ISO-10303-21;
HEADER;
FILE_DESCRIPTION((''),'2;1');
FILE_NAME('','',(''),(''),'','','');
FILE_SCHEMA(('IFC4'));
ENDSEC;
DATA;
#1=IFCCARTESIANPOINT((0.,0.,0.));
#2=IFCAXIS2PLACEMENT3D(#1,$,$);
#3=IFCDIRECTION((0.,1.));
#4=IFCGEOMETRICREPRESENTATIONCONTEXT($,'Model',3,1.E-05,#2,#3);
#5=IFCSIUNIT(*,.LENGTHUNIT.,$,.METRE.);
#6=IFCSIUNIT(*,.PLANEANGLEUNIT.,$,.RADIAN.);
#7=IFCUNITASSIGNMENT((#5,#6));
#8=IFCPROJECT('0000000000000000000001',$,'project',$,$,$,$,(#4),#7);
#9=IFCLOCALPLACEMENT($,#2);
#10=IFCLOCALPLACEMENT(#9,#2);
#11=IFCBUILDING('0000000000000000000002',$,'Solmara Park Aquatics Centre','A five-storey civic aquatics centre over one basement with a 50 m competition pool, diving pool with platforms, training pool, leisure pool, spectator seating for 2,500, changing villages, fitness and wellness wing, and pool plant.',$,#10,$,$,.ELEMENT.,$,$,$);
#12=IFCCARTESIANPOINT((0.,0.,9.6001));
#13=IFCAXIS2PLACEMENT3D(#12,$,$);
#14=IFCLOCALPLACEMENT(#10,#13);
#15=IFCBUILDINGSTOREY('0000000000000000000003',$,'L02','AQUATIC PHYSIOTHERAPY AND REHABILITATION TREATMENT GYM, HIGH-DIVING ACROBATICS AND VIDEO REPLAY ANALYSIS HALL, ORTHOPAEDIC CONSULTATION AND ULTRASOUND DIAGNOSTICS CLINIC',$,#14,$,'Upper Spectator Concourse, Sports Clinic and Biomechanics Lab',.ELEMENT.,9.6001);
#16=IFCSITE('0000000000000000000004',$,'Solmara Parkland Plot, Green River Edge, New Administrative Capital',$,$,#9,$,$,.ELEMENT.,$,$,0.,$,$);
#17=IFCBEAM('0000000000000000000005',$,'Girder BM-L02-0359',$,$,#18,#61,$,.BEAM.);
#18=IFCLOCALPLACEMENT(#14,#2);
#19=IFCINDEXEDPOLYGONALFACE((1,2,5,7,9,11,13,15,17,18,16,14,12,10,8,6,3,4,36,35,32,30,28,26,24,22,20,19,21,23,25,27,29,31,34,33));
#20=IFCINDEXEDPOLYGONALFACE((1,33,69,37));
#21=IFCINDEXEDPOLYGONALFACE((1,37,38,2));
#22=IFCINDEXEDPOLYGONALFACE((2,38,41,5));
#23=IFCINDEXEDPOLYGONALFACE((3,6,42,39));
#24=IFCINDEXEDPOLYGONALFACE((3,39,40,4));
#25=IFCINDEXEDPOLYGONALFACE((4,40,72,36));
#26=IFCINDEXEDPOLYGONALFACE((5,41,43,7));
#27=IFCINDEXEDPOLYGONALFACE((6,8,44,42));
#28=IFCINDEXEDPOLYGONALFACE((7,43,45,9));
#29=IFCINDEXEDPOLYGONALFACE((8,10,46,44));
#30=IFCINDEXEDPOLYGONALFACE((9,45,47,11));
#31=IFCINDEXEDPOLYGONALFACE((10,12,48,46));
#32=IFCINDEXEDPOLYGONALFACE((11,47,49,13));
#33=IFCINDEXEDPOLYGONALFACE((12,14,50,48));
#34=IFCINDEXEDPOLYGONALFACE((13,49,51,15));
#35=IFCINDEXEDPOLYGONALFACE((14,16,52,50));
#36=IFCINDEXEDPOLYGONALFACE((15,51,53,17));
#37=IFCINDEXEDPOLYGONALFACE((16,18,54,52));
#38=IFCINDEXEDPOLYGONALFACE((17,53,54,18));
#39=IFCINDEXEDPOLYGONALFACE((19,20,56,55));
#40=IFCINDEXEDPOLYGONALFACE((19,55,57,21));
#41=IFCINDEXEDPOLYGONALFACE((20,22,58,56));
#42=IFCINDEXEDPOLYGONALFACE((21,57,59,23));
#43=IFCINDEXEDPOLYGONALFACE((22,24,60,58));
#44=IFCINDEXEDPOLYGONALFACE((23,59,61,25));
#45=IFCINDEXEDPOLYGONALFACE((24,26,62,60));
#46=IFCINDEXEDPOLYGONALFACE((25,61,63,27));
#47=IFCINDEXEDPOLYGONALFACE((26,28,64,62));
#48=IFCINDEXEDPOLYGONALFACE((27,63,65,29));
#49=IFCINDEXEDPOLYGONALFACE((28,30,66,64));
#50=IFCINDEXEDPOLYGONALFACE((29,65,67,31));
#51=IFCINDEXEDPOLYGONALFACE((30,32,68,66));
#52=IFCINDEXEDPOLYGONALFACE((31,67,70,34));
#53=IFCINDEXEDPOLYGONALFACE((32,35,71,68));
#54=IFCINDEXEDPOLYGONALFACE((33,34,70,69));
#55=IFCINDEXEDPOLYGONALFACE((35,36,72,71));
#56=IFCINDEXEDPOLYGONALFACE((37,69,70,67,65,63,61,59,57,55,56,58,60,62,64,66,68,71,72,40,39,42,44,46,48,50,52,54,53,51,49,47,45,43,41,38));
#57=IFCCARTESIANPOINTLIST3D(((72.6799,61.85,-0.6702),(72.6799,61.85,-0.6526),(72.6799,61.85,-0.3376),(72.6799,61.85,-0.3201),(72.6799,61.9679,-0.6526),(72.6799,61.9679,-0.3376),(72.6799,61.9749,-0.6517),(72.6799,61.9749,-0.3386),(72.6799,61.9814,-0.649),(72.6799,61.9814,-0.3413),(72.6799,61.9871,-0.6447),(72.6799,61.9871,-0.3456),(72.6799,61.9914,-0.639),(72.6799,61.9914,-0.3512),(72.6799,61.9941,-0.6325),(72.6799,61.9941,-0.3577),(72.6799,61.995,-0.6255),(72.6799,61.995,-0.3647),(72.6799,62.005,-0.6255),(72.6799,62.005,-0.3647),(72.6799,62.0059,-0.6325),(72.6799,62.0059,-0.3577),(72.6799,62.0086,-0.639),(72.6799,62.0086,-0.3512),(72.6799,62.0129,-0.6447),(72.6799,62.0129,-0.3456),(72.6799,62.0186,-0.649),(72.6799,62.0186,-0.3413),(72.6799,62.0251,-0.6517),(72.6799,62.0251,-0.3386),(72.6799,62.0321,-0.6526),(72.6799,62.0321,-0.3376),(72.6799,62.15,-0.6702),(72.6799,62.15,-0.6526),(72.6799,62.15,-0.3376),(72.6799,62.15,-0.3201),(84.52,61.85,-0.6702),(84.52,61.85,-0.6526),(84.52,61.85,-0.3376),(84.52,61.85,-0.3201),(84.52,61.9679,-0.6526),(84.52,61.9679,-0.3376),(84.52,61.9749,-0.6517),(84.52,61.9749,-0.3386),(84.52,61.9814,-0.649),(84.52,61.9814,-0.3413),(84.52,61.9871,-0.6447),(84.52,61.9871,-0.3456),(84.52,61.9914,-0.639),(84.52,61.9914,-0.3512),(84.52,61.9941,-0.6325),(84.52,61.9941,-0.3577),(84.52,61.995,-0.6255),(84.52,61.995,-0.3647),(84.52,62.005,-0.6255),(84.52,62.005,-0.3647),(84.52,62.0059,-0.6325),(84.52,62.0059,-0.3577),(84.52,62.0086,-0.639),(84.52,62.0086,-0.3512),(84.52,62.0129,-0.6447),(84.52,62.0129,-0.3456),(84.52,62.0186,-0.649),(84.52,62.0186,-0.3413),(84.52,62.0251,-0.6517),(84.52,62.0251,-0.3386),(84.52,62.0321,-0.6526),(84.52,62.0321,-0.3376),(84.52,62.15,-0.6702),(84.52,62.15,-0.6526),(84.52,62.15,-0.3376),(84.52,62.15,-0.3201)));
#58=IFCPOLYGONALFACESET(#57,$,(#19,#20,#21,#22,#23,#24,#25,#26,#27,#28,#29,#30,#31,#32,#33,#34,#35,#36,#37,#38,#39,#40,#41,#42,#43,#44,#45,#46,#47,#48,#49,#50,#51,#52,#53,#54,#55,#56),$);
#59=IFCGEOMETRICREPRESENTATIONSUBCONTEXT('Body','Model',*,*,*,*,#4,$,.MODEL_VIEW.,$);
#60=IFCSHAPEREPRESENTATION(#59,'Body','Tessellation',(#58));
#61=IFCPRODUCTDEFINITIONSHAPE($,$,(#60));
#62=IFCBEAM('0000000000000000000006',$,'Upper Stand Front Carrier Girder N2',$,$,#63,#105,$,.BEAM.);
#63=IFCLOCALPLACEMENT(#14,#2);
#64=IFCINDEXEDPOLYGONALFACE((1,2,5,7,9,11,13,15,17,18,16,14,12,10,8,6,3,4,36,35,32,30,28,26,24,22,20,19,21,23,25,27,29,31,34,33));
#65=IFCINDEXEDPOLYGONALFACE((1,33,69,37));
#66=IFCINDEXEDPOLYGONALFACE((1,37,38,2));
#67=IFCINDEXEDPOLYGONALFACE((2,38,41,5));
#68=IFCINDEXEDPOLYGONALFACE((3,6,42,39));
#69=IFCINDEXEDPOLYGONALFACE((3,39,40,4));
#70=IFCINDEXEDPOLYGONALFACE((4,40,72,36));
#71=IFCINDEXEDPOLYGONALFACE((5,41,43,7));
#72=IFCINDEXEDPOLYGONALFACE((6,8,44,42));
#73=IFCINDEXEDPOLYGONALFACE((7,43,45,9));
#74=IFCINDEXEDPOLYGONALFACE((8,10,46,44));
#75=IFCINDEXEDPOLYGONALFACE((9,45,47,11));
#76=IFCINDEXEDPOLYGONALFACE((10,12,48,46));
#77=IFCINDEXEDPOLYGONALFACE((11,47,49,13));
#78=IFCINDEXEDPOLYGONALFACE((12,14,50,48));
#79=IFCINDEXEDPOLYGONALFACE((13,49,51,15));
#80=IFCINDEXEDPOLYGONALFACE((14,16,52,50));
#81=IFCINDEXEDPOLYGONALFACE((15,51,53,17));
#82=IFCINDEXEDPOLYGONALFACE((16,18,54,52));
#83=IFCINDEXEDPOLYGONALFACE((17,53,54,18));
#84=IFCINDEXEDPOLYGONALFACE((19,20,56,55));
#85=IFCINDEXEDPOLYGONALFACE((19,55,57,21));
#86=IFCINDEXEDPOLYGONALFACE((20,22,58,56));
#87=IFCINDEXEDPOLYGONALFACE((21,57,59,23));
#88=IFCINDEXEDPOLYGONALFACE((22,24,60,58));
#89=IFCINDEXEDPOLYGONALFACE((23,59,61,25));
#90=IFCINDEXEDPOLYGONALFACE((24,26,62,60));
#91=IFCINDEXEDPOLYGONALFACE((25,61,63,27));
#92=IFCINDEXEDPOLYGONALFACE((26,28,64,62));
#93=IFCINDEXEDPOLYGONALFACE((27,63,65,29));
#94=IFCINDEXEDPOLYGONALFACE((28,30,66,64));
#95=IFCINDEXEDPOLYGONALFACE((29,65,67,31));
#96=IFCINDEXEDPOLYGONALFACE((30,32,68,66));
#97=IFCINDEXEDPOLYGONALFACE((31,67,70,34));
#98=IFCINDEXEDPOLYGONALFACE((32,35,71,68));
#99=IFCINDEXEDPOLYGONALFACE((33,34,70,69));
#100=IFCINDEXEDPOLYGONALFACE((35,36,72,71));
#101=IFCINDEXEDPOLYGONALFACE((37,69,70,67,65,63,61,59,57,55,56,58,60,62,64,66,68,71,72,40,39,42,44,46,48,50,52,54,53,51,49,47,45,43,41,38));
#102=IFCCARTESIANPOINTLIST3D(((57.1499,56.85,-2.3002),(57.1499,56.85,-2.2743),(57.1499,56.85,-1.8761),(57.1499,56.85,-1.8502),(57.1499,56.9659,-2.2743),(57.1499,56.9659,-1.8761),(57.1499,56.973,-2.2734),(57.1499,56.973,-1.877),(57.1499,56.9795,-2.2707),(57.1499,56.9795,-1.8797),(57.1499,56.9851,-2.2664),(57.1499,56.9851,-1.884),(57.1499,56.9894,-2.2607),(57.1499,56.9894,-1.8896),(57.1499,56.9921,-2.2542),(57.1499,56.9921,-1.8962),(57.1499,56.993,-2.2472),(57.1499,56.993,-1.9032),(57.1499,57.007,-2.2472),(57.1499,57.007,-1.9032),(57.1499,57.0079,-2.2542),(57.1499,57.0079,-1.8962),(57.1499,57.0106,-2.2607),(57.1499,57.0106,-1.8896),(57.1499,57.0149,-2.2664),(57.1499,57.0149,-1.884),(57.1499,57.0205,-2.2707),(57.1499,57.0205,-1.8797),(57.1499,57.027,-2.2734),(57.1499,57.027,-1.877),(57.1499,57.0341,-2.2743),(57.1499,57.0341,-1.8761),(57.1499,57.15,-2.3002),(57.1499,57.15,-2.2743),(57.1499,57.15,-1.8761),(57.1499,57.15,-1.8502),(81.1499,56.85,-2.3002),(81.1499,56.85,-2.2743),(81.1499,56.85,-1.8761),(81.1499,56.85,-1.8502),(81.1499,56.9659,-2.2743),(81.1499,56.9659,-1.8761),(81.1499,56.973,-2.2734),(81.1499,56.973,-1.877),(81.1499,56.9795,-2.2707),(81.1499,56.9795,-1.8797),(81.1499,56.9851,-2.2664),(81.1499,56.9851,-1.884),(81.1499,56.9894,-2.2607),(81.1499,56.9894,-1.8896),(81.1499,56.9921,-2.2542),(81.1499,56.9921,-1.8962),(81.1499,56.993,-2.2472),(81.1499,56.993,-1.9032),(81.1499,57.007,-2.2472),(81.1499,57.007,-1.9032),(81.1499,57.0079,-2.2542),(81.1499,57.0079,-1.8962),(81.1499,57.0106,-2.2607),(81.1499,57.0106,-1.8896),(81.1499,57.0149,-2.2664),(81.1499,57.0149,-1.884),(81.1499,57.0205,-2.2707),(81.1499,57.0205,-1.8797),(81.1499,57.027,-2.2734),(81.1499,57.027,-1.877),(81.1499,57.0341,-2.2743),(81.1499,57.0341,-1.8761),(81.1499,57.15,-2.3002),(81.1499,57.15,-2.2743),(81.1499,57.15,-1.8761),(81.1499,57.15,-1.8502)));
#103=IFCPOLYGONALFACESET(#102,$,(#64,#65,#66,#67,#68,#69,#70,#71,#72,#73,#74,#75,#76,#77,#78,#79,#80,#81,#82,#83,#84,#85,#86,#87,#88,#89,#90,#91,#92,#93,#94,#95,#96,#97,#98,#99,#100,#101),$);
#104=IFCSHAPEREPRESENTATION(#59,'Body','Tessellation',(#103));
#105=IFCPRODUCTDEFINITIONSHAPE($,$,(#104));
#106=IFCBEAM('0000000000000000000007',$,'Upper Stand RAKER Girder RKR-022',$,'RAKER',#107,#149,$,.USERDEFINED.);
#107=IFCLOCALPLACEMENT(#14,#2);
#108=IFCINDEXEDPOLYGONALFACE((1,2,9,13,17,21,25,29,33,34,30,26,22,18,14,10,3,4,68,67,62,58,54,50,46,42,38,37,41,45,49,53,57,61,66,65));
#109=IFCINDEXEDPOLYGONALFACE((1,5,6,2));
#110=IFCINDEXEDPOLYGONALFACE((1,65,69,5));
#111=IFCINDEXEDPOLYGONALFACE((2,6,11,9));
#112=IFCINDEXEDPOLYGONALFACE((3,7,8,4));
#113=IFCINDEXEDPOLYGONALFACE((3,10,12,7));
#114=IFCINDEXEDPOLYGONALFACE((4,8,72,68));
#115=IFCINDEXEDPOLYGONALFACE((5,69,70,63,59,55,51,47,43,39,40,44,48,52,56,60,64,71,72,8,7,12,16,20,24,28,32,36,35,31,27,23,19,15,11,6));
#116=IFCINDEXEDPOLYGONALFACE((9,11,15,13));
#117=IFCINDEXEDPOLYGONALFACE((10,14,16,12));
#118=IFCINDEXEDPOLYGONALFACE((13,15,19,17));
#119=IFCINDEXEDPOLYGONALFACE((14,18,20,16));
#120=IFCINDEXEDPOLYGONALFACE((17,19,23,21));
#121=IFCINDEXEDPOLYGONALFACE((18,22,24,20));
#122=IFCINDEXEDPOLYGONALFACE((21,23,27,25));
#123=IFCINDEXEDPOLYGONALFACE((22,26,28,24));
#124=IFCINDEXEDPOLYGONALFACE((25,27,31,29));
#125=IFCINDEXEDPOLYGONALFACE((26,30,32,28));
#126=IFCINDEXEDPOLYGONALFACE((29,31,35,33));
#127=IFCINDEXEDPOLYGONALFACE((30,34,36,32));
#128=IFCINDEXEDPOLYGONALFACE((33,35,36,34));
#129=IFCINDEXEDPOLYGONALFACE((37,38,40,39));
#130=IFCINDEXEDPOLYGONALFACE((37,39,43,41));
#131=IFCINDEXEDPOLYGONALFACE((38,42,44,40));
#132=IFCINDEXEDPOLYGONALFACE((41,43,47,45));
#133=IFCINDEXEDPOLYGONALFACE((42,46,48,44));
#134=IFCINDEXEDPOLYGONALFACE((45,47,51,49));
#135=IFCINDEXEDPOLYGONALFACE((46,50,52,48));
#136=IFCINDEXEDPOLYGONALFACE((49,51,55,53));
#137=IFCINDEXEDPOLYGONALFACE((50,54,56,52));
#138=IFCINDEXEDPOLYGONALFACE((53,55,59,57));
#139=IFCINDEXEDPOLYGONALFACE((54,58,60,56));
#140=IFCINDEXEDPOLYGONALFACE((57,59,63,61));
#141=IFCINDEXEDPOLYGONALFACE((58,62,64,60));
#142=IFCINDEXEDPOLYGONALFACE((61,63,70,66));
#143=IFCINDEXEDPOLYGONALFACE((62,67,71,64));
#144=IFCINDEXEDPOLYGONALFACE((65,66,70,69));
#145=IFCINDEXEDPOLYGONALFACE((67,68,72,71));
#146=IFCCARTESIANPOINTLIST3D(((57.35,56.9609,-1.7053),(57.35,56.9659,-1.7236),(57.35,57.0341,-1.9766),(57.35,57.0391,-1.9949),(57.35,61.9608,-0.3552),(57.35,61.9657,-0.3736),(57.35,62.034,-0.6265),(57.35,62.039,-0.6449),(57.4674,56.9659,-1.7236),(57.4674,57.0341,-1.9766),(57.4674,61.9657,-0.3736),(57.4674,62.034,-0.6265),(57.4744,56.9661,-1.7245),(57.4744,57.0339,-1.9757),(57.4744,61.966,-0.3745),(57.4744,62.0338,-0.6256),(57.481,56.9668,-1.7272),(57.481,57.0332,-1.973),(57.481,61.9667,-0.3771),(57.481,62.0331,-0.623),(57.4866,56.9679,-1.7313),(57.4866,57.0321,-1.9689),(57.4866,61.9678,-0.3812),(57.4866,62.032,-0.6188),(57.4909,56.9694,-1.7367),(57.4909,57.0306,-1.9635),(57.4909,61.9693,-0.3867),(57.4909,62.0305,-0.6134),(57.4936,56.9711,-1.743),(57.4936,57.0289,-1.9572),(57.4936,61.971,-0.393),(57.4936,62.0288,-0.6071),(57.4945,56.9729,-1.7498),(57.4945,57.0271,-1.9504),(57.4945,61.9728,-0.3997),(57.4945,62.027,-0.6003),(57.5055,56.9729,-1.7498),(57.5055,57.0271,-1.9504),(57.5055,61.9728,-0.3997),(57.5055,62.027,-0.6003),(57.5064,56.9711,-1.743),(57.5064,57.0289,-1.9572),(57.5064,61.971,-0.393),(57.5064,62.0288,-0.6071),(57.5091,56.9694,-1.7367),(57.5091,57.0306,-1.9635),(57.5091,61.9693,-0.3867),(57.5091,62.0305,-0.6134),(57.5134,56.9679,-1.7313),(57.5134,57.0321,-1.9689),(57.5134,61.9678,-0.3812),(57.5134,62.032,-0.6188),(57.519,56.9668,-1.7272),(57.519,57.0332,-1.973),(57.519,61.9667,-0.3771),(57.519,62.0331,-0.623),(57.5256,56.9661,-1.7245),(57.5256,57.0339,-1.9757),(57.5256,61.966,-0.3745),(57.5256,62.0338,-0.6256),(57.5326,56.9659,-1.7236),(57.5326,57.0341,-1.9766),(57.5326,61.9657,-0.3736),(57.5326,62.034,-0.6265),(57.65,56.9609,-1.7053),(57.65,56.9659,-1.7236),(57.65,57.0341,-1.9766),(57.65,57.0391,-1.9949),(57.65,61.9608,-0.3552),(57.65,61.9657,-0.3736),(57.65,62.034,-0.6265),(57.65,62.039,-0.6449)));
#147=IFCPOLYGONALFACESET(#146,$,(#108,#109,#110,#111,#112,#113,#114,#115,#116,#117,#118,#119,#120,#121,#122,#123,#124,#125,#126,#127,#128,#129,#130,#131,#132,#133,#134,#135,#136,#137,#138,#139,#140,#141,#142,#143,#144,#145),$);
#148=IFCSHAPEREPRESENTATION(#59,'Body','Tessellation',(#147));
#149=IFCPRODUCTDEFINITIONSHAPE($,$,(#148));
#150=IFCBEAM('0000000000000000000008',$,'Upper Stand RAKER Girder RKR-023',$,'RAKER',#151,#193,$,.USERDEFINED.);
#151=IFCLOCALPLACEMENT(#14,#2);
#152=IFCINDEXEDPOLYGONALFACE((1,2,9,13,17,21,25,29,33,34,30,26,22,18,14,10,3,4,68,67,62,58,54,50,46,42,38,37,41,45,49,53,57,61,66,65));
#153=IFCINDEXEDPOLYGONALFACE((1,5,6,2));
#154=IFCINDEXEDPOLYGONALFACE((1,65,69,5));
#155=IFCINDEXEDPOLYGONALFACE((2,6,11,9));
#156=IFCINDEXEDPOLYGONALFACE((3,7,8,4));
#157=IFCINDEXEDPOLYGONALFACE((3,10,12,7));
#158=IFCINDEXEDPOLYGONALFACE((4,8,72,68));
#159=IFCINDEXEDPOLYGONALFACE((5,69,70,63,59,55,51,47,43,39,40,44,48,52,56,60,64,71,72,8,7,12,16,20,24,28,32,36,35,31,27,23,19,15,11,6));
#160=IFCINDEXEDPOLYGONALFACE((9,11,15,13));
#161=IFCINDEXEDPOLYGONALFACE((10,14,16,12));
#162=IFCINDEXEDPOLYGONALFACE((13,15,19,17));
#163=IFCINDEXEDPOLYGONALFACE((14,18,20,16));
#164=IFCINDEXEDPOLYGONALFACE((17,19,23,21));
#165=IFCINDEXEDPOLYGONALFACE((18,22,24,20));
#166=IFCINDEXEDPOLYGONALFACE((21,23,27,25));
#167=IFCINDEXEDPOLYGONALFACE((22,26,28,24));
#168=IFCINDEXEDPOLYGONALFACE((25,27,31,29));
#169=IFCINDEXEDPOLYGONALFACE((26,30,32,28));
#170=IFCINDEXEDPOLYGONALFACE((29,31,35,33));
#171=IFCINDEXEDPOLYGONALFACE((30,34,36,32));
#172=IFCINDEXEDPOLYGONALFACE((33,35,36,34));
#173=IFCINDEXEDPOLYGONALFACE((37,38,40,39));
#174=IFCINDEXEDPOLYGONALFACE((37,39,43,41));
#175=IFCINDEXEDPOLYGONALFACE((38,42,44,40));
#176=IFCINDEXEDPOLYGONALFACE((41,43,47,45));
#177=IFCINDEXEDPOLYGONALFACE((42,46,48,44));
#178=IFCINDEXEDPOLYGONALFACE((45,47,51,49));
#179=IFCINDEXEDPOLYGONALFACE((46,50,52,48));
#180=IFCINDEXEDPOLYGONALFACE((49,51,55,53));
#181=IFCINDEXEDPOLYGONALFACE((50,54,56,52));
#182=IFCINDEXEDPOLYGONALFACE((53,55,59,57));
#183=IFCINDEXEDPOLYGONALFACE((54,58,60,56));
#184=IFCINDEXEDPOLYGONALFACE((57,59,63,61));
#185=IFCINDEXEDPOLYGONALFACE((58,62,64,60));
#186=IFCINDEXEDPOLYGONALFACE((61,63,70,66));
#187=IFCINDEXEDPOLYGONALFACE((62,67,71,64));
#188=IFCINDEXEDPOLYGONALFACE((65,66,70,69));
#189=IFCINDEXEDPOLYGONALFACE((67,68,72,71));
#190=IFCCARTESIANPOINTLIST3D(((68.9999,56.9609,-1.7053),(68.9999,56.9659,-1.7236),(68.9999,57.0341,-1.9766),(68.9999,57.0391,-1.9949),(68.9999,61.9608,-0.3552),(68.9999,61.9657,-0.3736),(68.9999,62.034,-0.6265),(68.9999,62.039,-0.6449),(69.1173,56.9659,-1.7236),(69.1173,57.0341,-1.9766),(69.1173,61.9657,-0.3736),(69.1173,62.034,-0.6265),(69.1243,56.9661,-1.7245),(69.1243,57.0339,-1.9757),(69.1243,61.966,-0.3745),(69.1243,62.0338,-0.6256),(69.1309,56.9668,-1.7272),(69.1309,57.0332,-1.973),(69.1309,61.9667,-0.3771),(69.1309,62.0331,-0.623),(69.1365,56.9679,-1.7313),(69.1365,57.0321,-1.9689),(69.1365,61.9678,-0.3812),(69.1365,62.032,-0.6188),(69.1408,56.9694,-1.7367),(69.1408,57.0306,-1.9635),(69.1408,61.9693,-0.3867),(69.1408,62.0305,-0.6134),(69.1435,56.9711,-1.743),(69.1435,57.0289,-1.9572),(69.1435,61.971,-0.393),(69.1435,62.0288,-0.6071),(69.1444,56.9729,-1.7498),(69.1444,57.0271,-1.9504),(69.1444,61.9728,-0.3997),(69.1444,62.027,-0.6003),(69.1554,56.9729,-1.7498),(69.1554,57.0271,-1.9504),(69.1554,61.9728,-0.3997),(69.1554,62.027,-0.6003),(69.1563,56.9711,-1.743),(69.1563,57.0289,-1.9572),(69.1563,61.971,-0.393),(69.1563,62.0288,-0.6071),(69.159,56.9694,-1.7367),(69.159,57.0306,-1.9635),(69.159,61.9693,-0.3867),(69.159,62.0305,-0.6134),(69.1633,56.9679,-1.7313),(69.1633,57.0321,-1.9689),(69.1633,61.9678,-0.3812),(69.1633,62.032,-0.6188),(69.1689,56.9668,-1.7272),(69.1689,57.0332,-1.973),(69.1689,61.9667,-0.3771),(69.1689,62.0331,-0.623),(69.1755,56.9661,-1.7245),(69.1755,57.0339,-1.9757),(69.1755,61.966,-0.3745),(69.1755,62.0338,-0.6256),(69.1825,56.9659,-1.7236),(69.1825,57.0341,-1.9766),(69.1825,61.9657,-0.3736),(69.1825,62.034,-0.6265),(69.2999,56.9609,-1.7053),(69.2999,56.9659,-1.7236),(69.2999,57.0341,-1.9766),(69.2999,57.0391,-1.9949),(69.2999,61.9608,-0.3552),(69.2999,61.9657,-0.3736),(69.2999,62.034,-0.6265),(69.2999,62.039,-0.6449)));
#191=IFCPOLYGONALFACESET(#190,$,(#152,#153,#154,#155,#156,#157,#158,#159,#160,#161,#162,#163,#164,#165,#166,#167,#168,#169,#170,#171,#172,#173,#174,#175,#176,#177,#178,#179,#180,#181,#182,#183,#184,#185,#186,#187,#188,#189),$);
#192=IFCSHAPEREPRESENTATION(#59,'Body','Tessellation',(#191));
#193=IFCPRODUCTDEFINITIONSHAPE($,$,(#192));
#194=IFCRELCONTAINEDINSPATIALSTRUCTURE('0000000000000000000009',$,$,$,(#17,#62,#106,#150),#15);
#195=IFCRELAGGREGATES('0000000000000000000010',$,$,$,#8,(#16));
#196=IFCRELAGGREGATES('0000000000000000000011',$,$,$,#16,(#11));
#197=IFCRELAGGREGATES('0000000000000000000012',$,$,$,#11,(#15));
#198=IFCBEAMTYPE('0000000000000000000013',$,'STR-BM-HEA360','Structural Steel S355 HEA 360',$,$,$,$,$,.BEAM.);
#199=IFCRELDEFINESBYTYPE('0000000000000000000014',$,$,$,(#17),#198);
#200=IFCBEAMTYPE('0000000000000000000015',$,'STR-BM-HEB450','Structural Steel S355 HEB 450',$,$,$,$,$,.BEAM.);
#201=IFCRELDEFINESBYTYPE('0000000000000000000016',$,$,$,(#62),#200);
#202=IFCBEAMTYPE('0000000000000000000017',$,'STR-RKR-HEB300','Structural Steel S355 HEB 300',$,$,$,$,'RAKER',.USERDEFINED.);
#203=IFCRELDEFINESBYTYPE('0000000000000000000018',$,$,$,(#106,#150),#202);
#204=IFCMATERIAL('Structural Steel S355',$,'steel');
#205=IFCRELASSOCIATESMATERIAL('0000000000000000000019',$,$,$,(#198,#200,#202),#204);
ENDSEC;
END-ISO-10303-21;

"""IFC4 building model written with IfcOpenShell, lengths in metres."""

from ifc_helpers import new_model, si_unit, direction, frame, origin, origin_2d, place, context, subcontext, project, spatial, i_section, extrude, material, material_profile, profile_set, type_object, element, save


model = new_model("IFC4")

# Units and contexts
model_context = context("Model", 3, precision=1e-05, world=origin(), true_north=direction((0.0, 1.0)))
body_context = subcontext(model_context, "Body", "Model", "MODEL_VIEW")
ifc_project = project(units=[si_unit("LENGTHUNIT", "METRE"), si_unit("PLANEANGLEUNIT", "RADIAN")], contexts=[model_context])

# Site, building, storey
site_placement = place(None, origin())
site = spatial("IfcSite", under=ifc_project, at=site_placement, Name="Solmara Parkland Plot, Green River Edge, New Administrative Capital", CompositionType="ELEMENT", RefElevation=0.0)
building_placement = place(site_placement, origin())
building = spatial("IfcBuilding", under=site, at=building_placement, Name="Solmara Park Aquatics Centre", Description="A five-storey civic aquatics centre over one basement with a 50 m competition pool, diving pool with platforms, training pool, leisure pool, spectator seating for 2,500, changing villages, fitness and wellness wing, and pool plant.", CompositionType="ELEMENT")
storey_placement = place(building_placement, frame((0.0, 0.0, 9.6001)))
storey = spatial("IfcBuildingStorey", under=building, at=storey_placement, Name="L02", Description="AQUATIC PHYSIOTHERAPY AND REHABILITATION TREATMENT GYM, HIGH-DIVING ACROBATICS AND VIDEO REPLAY ANALYSIS HALL, ORTHOPAEDIC CONSULTATION AND ULTRASOUND DIAGNOSTICS CLINIC", LongName="Upper Spectator Concourse, Sports Clinic and Biomechanics Lab", CompositionType="ELEMENT", Elevation=9.6001)

# Shared definitions
ifc_material_1 = material(Name="Structural Steel S355", Category="steel")

# Beams
ifc_material_profile_1 = material_profile(ifc_material_1, i_section(OverallWidth=0.3, OverallDepth=0.3501, WebThickness=0.01, FlangeThickness=0.0176, FilletRadius=0.0271, at=origin_2d()), Name="HEA 360")
ifc_profile_set_1 = profile_set([ifc_material_profile_1], Name="Structural Steel S355")
beam_type_1 = type_object("IfcBeamType", Name="STR-BM-HEA360", Description="Structural Steel S355 HEA 360", PredefinedType="BEAM", material=ifc_profile_set_1)
for number, where, z_axis, x_axis, name in (
    (1, (72.6799, 62.0, -0.4951), (1.0, 0.0, 0.0), (0.0, 1.0, 0.0), "Girder BM-L02-0359"),
):
    element("IfcBeam", number, at=place(storey_placement, frame(where, z_axis=z_axis, x_axis=x_axis)), inside=storey, type_object=beam_type_1, Name=name, PredefinedType="BEAM", context=body_context, shape_type="SweptSolid", body=[
        extrude(i_section(OverallWidth=0.3, OverallDepth=0.3501, WebThickness=0.01, FlangeThickness=0.0176, FilletRadius=0.0271, at=origin_2d()), origin(), (0.0, 0.0, 1.0), 11.8401),
    ])
ifc_material_profile_2 = material_profile(ifc_material_1, i_section(OverallWidth=0.3, OverallDepth=0.45, WebThickness=0.0139, FlangeThickness=0.0259, FilletRadius=0.0271, at=origin_2d()), Name="HEB 450")
ifc_profile_set_2 = profile_set([ifc_material_profile_2], Name="Structural Steel S355")
beam_type_2 = type_object("IfcBeamType", Name="STR-BM-HEB450", Description="Structural Steel S355 HEB 450", PredefinedType="BEAM", material=ifc_profile_set_2)
beam_placement = place(storey_placement, frame((57.1499, 57.0, -2.0752), z_axis=(1.0, 0.0, 0.0), x_axis=(0.0, 1.0, 0.0)))
element("IfcBeam", 2, at=beam_placement, inside=storey, type_object=beam_type_2, Name="Upper Stand Front Carrier Girder N2", PredefinedType="BEAM", context=body_context, shape_type="SweptSolid", body=[
    extrude(i_section(OverallWidth=0.3, OverallDepth=0.45, WebThickness=0.0139, FlangeThickness=0.0259, FilletRadius=0.0271, at=origin_2d()), origin(), (0.0, 0.0, 1.0), 24.0),
])
ifc_material_profile_3 = material_profile(ifc_material_1, i_section(OverallWidth=0.3, OverallDepth=0.3, WebThickness=0.011, FlangeThickness=0.019, FilletRadius=0.0271, at=origin_2d()), Name="HEB 300")
ifc_profile_set_3 = profile_set([ifc_material_profile_3], Name="Structural Steel S355")
beam_type_3 = type_object("IfcBeamType", Name="STR-RKR-HEB300", Description="Structural Steel S355 HEB 300", ElementType="RAKER", PredefinedType="USERDEFINED", material=ifc_profile_set_3)
for number, where, z_axis, x_axis, name in (
    (3, (57.5, 57.0, -1.8501), (0.0, 0.965424, 0.260683), (-1.0, 0.0, 0.0), "Upper Stand RAKER Girder RKR-022"),
    (4, (69.1499, 57.0, -1.8501), (0.0, 0.965424, 0.260683), (-1.0, 0.0, 0.0), "Upper Stand RAKER Girder RKR-023"),
):
    element("IfcBeam", number, at=place(storey_placement, frame(where, z_axis=z_axis, x_axis=x_axis)), inside=storey, type_object=beam_type_3, Name=name, ObjectType="RAKER", PredefinedType="USERDEFINED", context=body_context, shape_type="SweptSolid", body=[
        extrude(i_section(OverallWidth=0.3, OverallDepth=0.3, WebThickness=0.011, FlangeThickness=0.019, FilletRadius=0.0271, at=origin_2d()), origin(), (0.0, 0.0, 1.0), 5.179),
    ])

save(model, "model.ifc")
